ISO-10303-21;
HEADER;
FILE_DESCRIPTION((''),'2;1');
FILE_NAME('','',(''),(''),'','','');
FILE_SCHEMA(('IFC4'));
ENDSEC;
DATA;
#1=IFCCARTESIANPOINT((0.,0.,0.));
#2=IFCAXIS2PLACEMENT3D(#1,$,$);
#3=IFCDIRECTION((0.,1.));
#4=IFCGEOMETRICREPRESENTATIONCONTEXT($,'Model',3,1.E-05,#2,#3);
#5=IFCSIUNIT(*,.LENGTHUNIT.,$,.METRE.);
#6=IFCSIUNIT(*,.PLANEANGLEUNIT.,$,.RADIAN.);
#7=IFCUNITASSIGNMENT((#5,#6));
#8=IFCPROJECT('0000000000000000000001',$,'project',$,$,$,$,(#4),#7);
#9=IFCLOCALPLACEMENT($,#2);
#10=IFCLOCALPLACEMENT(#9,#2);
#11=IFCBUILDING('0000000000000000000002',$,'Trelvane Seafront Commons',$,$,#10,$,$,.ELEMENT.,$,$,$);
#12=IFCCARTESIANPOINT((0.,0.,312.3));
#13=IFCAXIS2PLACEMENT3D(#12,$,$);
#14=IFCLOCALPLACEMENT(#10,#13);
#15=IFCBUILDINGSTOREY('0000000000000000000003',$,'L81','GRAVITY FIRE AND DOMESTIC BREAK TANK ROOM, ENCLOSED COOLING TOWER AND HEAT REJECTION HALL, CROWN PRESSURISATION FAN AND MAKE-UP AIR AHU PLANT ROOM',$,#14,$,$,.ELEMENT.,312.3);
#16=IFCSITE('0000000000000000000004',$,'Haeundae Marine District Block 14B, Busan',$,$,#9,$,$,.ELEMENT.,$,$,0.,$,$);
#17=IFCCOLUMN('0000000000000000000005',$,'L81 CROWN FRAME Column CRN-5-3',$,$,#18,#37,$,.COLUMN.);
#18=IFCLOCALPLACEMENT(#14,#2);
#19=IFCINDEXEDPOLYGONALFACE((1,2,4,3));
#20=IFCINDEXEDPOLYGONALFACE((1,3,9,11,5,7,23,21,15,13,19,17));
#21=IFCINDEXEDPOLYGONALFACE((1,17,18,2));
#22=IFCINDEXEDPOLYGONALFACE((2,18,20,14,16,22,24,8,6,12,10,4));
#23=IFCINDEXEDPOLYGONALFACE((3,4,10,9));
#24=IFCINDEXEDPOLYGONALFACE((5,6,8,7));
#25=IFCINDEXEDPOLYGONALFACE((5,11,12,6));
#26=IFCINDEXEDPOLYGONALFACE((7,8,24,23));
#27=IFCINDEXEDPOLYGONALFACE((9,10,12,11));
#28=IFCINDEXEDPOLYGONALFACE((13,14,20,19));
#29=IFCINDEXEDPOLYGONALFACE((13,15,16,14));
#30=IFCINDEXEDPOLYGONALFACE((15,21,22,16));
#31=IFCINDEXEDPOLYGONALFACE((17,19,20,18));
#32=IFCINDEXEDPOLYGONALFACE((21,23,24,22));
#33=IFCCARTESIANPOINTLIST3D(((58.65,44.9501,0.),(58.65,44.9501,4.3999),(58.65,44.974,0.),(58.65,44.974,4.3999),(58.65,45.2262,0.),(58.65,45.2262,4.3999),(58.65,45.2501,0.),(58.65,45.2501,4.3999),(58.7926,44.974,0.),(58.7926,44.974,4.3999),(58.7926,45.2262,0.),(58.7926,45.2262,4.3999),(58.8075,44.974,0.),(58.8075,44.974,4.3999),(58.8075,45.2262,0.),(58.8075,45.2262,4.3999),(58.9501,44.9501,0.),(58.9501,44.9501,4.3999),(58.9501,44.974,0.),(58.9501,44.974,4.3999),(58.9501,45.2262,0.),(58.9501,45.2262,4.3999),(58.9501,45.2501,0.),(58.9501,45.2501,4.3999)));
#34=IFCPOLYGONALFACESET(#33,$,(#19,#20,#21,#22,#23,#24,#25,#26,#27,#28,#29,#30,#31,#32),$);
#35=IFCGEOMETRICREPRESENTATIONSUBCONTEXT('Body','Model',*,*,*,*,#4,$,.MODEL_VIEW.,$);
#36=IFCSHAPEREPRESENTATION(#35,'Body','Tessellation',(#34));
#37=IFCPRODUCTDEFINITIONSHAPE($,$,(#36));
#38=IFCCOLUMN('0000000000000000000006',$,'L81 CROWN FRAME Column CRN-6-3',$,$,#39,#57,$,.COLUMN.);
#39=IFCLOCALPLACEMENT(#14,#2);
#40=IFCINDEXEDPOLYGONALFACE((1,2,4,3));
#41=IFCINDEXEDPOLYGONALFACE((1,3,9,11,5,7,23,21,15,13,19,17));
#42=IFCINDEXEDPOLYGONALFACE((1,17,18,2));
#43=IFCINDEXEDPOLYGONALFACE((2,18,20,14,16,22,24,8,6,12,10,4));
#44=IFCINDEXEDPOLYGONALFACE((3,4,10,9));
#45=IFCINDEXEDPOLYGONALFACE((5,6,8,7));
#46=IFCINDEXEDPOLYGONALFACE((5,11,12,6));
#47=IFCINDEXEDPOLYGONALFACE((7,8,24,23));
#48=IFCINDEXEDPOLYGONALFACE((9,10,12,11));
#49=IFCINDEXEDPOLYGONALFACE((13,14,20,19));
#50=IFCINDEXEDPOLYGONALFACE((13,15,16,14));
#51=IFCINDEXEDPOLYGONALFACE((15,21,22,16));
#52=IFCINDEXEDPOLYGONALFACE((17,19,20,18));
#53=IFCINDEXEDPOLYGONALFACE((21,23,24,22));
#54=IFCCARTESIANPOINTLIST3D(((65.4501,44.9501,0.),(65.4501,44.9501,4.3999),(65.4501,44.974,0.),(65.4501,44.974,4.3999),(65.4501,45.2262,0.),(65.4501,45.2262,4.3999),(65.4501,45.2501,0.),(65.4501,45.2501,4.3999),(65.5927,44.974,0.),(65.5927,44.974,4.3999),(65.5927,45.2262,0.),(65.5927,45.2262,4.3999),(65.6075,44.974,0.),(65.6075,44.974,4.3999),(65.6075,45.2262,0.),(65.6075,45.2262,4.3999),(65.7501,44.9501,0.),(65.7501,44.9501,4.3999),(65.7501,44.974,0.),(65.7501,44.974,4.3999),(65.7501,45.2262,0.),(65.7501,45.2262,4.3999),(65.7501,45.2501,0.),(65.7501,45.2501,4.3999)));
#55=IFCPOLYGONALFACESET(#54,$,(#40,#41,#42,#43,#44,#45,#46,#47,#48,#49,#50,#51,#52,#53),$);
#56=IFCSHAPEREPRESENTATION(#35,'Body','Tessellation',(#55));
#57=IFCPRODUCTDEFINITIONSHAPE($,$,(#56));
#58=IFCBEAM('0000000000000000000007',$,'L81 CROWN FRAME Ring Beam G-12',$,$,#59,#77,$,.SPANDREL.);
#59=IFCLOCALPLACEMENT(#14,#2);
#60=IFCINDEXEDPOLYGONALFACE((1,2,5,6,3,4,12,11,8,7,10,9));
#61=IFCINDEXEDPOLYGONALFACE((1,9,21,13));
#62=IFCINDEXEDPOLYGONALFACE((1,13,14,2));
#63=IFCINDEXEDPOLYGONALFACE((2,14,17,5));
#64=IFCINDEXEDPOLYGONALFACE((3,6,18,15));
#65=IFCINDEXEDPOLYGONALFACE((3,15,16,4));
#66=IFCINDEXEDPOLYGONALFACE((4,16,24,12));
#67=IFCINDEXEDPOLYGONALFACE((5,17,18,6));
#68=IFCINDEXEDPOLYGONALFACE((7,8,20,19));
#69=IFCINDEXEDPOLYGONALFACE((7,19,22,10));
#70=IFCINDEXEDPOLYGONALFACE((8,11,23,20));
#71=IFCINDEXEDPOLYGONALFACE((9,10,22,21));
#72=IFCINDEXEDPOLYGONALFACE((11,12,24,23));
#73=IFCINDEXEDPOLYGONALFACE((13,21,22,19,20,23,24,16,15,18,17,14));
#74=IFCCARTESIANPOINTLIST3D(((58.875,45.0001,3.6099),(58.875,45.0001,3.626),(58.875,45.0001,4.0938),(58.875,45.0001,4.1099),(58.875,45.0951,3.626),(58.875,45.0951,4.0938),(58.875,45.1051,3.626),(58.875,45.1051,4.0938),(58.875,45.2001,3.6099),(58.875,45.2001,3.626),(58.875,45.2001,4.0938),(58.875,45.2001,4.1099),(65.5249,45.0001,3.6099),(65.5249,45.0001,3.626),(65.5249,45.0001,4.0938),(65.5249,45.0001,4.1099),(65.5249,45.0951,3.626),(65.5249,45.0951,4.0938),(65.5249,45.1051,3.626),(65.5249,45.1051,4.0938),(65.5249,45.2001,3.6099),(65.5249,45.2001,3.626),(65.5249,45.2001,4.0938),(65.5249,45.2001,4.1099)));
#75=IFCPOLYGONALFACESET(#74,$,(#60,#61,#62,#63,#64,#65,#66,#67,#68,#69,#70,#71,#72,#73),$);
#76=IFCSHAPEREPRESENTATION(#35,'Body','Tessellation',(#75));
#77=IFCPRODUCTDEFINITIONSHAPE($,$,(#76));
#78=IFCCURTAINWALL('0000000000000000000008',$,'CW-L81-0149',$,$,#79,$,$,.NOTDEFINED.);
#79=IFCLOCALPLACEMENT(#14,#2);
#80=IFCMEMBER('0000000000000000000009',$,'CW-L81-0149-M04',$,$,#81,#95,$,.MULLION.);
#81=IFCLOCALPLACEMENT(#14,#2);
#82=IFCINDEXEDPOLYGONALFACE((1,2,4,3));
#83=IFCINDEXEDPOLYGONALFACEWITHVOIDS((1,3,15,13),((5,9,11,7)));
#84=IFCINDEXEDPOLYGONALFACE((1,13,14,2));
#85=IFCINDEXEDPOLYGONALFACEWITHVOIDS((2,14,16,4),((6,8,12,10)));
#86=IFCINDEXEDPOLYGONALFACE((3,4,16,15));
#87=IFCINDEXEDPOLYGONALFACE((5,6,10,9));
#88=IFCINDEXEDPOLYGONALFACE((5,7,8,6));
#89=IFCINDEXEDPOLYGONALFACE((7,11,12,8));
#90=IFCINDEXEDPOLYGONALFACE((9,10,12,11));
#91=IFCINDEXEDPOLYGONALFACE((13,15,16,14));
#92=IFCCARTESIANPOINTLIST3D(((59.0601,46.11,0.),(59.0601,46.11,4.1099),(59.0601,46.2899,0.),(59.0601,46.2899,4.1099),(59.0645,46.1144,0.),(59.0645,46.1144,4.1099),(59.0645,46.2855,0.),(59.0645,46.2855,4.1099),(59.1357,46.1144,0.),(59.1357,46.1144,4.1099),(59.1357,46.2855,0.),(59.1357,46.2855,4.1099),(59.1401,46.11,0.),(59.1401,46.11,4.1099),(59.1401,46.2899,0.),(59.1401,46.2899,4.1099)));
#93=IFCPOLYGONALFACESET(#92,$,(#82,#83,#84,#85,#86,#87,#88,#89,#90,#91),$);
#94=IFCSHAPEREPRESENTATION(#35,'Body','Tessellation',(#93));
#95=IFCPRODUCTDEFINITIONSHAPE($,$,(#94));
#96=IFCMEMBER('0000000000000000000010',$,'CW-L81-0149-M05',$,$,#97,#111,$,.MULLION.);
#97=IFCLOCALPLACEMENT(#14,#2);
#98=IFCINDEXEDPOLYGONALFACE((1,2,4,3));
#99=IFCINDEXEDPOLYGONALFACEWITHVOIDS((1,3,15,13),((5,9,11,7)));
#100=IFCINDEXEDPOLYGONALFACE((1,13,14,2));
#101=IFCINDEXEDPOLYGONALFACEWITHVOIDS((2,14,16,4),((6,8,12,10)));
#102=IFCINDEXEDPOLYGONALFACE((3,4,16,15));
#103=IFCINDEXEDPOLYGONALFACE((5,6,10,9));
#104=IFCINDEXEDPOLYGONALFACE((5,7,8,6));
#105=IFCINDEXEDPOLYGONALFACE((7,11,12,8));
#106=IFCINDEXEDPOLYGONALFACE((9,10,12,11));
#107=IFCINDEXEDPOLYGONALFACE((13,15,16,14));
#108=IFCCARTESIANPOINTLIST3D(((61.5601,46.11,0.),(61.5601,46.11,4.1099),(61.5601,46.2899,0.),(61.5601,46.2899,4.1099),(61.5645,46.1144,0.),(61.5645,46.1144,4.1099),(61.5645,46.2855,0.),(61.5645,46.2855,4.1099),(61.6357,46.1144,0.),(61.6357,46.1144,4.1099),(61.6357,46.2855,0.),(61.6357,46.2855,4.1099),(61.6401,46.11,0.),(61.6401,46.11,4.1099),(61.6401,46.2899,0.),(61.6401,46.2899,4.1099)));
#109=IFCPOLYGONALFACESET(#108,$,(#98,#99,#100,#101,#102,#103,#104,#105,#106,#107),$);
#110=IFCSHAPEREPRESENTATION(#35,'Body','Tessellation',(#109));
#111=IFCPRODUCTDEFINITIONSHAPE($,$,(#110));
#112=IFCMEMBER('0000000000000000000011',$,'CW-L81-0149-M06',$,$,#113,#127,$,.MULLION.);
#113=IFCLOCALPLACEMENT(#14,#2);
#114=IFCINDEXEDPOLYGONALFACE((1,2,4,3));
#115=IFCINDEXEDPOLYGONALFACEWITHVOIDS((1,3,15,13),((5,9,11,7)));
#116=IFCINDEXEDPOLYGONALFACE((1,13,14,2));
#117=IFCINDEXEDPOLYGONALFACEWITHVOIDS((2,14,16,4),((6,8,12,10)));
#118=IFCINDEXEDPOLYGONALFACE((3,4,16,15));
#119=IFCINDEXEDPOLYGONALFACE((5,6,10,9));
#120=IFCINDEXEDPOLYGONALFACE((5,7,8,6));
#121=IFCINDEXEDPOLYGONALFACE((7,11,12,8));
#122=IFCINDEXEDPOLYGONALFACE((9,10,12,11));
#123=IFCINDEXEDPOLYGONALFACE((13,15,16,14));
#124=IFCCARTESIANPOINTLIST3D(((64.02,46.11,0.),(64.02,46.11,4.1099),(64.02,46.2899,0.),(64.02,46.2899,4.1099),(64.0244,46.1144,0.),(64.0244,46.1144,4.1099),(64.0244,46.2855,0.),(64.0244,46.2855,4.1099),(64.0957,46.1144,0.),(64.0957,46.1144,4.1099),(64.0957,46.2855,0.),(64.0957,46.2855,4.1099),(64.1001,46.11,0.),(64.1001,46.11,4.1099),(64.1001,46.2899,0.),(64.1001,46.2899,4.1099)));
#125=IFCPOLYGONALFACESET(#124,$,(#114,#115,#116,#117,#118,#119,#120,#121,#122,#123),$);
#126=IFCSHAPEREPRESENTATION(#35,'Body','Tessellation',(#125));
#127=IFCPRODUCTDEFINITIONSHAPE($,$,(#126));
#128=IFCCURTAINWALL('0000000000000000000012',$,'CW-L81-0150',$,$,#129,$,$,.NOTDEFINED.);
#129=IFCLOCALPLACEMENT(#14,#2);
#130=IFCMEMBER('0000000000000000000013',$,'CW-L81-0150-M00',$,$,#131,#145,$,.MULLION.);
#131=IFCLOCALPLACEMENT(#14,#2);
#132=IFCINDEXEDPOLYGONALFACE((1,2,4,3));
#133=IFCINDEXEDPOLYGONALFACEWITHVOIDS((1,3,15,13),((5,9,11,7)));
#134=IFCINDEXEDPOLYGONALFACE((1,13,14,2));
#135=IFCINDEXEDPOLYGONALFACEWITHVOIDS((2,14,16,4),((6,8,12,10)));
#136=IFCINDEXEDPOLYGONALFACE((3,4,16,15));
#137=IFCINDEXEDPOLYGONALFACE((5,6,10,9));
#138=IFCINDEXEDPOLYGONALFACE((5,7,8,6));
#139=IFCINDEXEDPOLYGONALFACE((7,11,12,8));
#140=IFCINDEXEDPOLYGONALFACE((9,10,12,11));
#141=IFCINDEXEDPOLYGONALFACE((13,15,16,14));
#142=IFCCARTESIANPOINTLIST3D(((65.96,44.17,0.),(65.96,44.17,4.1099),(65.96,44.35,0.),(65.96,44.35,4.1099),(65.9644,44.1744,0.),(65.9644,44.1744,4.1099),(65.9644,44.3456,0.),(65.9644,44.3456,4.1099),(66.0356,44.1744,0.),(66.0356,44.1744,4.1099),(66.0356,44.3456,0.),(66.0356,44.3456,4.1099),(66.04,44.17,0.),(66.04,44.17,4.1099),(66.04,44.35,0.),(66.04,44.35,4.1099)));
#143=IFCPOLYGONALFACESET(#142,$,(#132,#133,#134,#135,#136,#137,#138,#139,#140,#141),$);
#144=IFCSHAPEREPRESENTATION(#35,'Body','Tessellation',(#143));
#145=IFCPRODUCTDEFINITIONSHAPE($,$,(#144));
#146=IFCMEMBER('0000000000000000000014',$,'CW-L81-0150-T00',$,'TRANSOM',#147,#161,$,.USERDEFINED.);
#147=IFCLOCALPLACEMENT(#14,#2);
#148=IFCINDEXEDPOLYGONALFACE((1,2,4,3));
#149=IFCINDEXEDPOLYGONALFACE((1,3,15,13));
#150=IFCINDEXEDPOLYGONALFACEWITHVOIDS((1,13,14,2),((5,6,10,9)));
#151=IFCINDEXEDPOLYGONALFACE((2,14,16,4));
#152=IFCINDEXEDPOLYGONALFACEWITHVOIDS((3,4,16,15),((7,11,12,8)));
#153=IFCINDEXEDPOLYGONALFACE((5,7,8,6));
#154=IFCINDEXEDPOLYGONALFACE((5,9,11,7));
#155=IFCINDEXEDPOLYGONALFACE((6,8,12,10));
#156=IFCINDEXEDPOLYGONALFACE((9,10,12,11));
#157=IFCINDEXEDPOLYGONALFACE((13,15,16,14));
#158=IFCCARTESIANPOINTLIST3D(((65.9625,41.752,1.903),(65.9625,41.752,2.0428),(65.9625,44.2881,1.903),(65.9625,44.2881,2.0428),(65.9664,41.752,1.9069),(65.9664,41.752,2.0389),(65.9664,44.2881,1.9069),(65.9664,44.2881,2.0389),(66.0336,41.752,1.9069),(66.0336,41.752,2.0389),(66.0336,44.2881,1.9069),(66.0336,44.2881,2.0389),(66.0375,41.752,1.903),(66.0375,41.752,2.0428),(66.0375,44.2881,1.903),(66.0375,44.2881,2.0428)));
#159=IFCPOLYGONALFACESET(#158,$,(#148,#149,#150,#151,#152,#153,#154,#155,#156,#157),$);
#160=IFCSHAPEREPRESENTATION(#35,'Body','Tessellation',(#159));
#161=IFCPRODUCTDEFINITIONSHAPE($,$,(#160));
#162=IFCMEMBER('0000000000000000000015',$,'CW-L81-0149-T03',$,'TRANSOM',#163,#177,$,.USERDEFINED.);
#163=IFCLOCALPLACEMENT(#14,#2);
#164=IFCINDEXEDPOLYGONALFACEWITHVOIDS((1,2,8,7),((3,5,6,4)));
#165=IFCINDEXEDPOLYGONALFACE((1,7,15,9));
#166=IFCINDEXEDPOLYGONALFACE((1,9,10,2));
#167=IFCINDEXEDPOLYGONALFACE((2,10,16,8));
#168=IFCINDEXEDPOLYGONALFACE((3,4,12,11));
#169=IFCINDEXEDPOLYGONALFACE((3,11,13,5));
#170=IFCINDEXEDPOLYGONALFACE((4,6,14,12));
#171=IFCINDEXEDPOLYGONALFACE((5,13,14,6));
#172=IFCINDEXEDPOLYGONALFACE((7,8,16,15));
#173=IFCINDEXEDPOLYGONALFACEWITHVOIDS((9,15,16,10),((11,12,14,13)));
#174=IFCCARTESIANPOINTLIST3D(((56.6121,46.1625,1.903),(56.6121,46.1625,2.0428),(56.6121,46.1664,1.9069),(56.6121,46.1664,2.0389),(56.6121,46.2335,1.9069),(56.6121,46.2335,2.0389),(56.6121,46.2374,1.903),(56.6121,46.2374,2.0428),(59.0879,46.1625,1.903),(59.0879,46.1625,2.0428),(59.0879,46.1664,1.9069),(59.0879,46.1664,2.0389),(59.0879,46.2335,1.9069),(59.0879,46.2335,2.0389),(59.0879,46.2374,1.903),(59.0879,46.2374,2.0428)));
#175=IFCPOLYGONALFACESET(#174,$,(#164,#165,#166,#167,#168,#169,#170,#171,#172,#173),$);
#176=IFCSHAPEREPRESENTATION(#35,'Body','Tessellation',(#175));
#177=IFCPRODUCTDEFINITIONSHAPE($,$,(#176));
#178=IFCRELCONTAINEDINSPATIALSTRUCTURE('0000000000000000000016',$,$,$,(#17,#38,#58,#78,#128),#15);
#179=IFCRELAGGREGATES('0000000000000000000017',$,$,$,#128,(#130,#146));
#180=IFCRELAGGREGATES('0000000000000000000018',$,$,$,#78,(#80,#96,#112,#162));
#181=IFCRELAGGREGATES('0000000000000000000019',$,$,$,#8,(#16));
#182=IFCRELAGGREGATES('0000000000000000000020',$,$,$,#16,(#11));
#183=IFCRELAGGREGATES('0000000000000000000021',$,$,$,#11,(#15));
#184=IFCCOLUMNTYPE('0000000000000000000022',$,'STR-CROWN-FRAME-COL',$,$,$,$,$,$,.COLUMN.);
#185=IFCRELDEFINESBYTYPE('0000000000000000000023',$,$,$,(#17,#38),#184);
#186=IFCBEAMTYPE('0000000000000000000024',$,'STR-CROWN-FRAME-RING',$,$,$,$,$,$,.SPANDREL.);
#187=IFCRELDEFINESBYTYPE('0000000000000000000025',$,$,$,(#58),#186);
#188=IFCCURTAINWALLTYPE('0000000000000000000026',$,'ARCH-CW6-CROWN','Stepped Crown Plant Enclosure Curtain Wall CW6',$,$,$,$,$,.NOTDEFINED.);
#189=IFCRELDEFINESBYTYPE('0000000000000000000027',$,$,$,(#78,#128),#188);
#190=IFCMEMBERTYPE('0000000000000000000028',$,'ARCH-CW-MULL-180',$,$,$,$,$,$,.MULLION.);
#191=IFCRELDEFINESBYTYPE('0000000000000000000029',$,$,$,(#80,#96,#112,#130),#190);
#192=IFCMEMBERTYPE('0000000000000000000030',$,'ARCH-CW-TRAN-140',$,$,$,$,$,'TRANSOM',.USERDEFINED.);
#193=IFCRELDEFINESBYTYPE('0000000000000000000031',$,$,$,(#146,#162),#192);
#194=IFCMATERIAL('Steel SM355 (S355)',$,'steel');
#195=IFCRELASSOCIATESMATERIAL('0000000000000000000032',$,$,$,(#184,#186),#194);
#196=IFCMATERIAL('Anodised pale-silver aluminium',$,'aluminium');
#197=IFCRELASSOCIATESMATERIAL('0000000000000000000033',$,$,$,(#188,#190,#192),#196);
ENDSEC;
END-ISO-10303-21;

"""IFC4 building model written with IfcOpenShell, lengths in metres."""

from ifc_helpers import new_model, si_unit, direction, frame, origin, origin_2d, place, context, subcontext, project, spatial, hollow_rectangle, i_section, extrude, source, transform, mapped, material, material_profile, profile_set, type_object, element, aggregate, save


model = new_model("IFC4")

# Units and contexts
model_context = context("Model", 3, precision=1e-05, world=origin(), true_north=direction((0.0, 1.0)))
body_context = subcontext(model_context, "Body", "Model", "MODEL_VIEW")
ifc_project = project(units=[si_unit("LENGTHUNIT", "METRE"), si_unit("PLANEANGLEUNIT", "RADIAN")], contexts=[model_context])

# Site, building, storey
site_placement = place(None, origin())
site = spatial("IfcSite", under=ifc_project, at=site_placement, Name="Haeundae Marine District Block 14B, Busan", CompositionType="ELEMENT", RefElevation=0.0)
building_placement = place(site_placement, origin())
building = spatial("IfcBuilding", under=site, at=building_placement, Name="Trelvane Seafront Commons", CompositionType="ELEMENT")
storey_placement = place(building_placement, frame((0.0, 0.0, 312.3)))
storey = spatial("IfcBuildingStorey", under=building, at=storey_placement, Name="L81", Description="GRAVITY FIRE AND DOMESTIC BREAK TANK ROOM, ENCLOSED COOLING TOWER AND HEAT REJECTION HALL, CROWN PRESSURISATION FAN AND MAKE-UP AIR AHU PLANT ROOM", CompositionType="ELEMENT", Elevation=312.3)

# Columns
ifc_material_1 = material(Name="Steel SM355 (S355)", Category="steel")
ifc_material_profile_1 = material_profile(ifc_material_1, i_section(OverallWidth=0.3, OverallDepth=0.3, WebThickness=0.0149, FlangeThickness=0.0239, at=origin_2d()), Name="HD-300x300x15x24")
ifc_profile_set_1 = profile_set([ifc_material_profile_1], Name="Steel SM355 (S355)")
column_type = type_object("IfcColumnType", Name="STR-CROWN-FRAME-COL", PredefinedType="COLUMN", material=ifc_profile_set_1)
shared_shape_1 = source(origin(), body_context, "Body", "SweptSolid", [
    extrude(i_section(OverallWidth=0.3, OverallDepth=0.3, WebThickness=0.0149, FlangeThickness=0.0239, at=origin_2d()), origin(), (0.0, 0.0, 1.0), 4.3999),
])
for number, where, z_axis, x_axis, name in (
    (1, (58.8, 45.1001, 0.0), (0.0, 0.0, 1.0), (1.0, 0.0, 0.0), "L81 CROWN FRAME Column CRN-5-3"),
    (2, (65.6001, 45.1001, 0.0), (0.0, 0.0, 1.0), (1.0, 0.0, 0.0), "L81 CROWN FRAME Column CRN-6-3"),
):
    element("IfcColumn", number, at=place(storey_placement, frame(where, z_axis=z_axis, x_axis=x_axis)), inside=storey, type_object=column_type, Name=name, PredefinedType="COLUMN", context=body_context, shape_type="MappedRepresentation", body=[
        mapped(shared_shape_1, transform((0.0, 0.0, 0.0), x_axis=(1.0, 0.0, 0.0), y_axis=(0.0, 1.0, 0.0), z_axis=(0.0, 0.0, 1.0), scale=1.0)),
    ])

# Beam
ifc_material_profile_2 = material_profile(ifc_material_1, i_section(OverallWidth=0.2, OverallDepth=0.5, WebThickness=0.01, FlangeThickness=0.0161, at=origin_2d()), Name="H-500x200x10x16")
ifc_profile_set_2 = profile_set([ifc_material_profile_2], Name="Steel SM355 (S355)")
beam_type = type_object("IfcBeamType", Name="STR-CROWN-FRAME-RING", PredefinedType="SPANDREL", material=ifc_profile_set_2)
shared_shape_2 = source(origin(), body_context, "Body", "SweptSolid", [
    extrude(i_section(OverallWidth=0.2, OverallDepth=0.5, WebThickness=0.01, FlangeThickness=0.0161, at=origin_2d()), origin(), (0.0, 0.0, 1.0), 6.6499),
])
beam_placement = place(storey_placement, frame((58.875, 45.1001, 3.8599), z_axis=(1.0, 0.0, 0.0), x_axis=(0.0, 1.0, 0.0)))
element("IfcBeam", 3, at=beam_placement, inside=storey, type_object=beam_type, Name="L81 CROWN FRAME Ring Beam G-12", PredefinedType="SPANDREL", context=body_context, shape_type="MappedRepresentation", body=[
    mapped(shared_shape_2, transform((0.0, 0.0, 0.0), x_axis=(1.0, 0.0, 0.0), y_axis=(0.0, 1.0, 0.0), z_axis=(0.0, 0.0, 1.0), scale=1.0)),
])

# Curtain walls, members
ifc_material_2 = material(Name="Anodised pale-silver aluminium", Category="aluminium")
curtain_wall_type = type_object("IfcCurtainWallType", Name="ARCH-CW6-CROWN", Description="Stepped Crown Plant Enclosure Curtain Wall CW6", PredefinedType="NOTDEFINED", material=ifc_material_2)
curtain_wall_1_placement = place(storey_placement, origin())
curtain_wall_1 = element("IfcCurtainWall", 4, at=curtain_wall_1_placement, inside=storey, type_object=curtain_wall_type, Name="CW-L81-0149", PredefinedType="NOTDEFINED")
ifc_material_profile_3 = material_profile(ifc_material_2, hollow_rectangle(XDim=0.0801, YDim=0.1799, WallThickness=0.0044, at=origin_2d()), Name="MULL-80x180x4.5")
ifc_profile_set_3 = profile_set([ifc_material_profile_3], Name="Anodised pale-silver aluminium")
member_type_1 = type_object("IfcMemberType", Name="ARCH-CW-MULL-180", PredefinedType="MULLION", material=ifc_profile_set_3)
shared_shape_3 = source(origin(), body_context, "Body", "SweptSolid", [
    extrude(hollow_rectangle(XDim=0.0801, YDim=0.1799, WallThickness=0.0044, at=origin_2d()), origin(), (0.0, 0.0, 1.0), 4.1099),
])
member_1_placement = place(storey_placement, frame((59.1001, 46.2, 0.0), z_axis=(0.0, 0.0, 1.0), x_axis=(1.0, 0.0, 0.0)))
member_1 = element("IfcMember", 5, at=member_1_placement, type_object=member_type_1, Name="CW-L81-0149-M04", PredefinedType="MULLION", context=body_context, shape_type="MappedRepresentation", body=[
    mapped(shared_shape_3, transform((0.0, 0.0, 0.0), x_axis=(1.0, 0.0, 0.0), y_axis=(0.0, 1.0, 0.0), z_axis=(0.0, 0.0, 1.0), scale=1.0)),
])
member_2_placement = place(storey_placement, frame((61.6001, 46.2, 0.0), z_axis=(0.0, 0.0, 1.0), x_axis=(1.0, 0.0, 0.0)))
member_2 = element("IfcMember", 6, at=member_2_placement, type_object=member_type_1, Name="CW-L81-0149-M05", PredefinedType="MULLION", context=body_context, shape_type="MappedRepresentation", body=[
    mapped(shared_shape_3, transform((0.0, 0.0, 0.0), x_axis=(1.0, 0.0, 0.0), y_axis=(0.0, 1.0, 0.0), z_axis=(0.0, 0.0, 1.0), scale=1.0)),
])
member_3_placement = place(storey_placement, frame((64.0601, 46.2, 0.0), z_axis=(0.0, 0.0, 1.0), x_axis=(1.0, 0.0, 0.0)))
member_3 = element("IfcMember", 7, at=member_3_placement, type_object=member_type_1, Name="CW-L81-0149-M06", PredefinedType="MULLION", context=body_context, shape_type="MappedRepresentation", body=[
    mapped(shared_shape_3, transform((0.0, 0.0, 0.0), x_axis=(1.0, 0.0, 0.0), y_axis=(0.0, 1.0, 0.0), z_axis=(0.0, 0.0, 1.0), scale=1.0)),
])
curtain_wall_2_placement = place(storey_placement, origin())
curtain_wall_2 = element("IfcCurtainWall", 8, at=curtain_wall_2_placement, inside=storey, type_object=curtain_wall_type, Name="CW-L81-0150", PredefinedType="NOTDEFINED")
member_4_placement = place(storey_placement, frame((66.0, 44.26, 0.0), z_axis=(0.0, 0.0, 1.0), x_axis=(1.0, 0.0, 0.0)))
member_4 = element("IfcMember", 9, at=member_4_placement, type_object=member_type_1, Name="CW-L81-0150-M00", PredefinedType="MULLION", context=body_context, shape_type="MappedRepresentation", body=[
    mapped(shared_shape_3, transform((0.0, 0.0, 0.0), x_axis=(1.0, 0.0, 0.0), y_axis=(0.0, 1.0, 0.0), z_axis=(0.0, 0.0, 1.0), scale=1.0)),
])
ifc_material_profile_4 = material_profile(ifc_material_2, hollow_rectangle(XDim=0.075, YDim=0.1399, WallThickness=0.0039, at=origin_2d()), Name="TRAN-75x140x4")
ifc_profile_set_4 = profile_set([ifc_material_profile_4], Name="Anodised pale-silver aluminium")
member_type_2 = type_object("IfcMemberType", Name="ARCH-CW-TRAN-140", ElementType="TRANSOM", PredefinedType="USERDEFINED", material=ifc_profile_set_4)
shared_shape_4 = source(origin(), body_context, "Body", "SweptSolid", [
    extrude(hollow_rectangle(XDim=0.075, YDim=0.1399, WallThickness=0.0039, at=origin_2d()), origin(), (0.0, 0.0, 1.0), 2.5361),
])
member_5_placement = place(storey_placement, frame((66.0, 44.2881, 1.9729), z_axis=(0.0, -1.0, 0.0), x_axis=(1.0, 0.0, 0.0)))
member_5 = element("IfcMember", 10, at=member_5_placement, type_object=member_type_2, Name="CW-L81-0150-T00", ObjectType="TRANSOM", PredefinedType="USERDEFINED", context=body_context, shape_type="MappedRepresentation", body=[
    mapped(shared_shape_4, transform((0.0, 0.0, 0.0), x_axis=(1.0, 0.0, 0.0), y_axis=(0.0, 1.0, 0.0), z_axis=(0.0, 0.0, 1.0), scale=1.0)),
])
aggregate(curtain_wall_2, [member_4, member_5])

# Member
shared_shape_5 = source(origin(), body_context, "Body", "SweptSolid", [
    extrude(hollow_rectangle(XDim=0.075, YDim=0.1399, WallThickness=0.0039, at=origin_2d()), origin(), (0.0, 0.0, 1.0), 2.4758),
])
member_6_placement = place(storey_placement, frame((56.6121, 46.2, 1.9729), z_axis=(1.0, 0.0, 0.0), x_axis=(0.0, 1.0, 0.0)))
member_6 = element("IfcMember", 11, at=member_6_placement, type_object=member_type_2, Name="CW-L81-0149-T03", ObjectType="TRANSOM", PredefinedType="USERDEFINED", context=body_context, shape_type="MappedRepresentation", body=[
    mapped(shared_shape_5, transform((0.0, 0.0, 0.0), x_axis=(1.0, 0.0, 0.0), y_axis=(0.0, 1.0, 0.0), z_axis=(0.0, 0.0, 1.0), scale=1.0)),
])

aggregate(curtain_wall_1, [member_1, member_2, member_3, member_6])

save(model, "model.ifc")
